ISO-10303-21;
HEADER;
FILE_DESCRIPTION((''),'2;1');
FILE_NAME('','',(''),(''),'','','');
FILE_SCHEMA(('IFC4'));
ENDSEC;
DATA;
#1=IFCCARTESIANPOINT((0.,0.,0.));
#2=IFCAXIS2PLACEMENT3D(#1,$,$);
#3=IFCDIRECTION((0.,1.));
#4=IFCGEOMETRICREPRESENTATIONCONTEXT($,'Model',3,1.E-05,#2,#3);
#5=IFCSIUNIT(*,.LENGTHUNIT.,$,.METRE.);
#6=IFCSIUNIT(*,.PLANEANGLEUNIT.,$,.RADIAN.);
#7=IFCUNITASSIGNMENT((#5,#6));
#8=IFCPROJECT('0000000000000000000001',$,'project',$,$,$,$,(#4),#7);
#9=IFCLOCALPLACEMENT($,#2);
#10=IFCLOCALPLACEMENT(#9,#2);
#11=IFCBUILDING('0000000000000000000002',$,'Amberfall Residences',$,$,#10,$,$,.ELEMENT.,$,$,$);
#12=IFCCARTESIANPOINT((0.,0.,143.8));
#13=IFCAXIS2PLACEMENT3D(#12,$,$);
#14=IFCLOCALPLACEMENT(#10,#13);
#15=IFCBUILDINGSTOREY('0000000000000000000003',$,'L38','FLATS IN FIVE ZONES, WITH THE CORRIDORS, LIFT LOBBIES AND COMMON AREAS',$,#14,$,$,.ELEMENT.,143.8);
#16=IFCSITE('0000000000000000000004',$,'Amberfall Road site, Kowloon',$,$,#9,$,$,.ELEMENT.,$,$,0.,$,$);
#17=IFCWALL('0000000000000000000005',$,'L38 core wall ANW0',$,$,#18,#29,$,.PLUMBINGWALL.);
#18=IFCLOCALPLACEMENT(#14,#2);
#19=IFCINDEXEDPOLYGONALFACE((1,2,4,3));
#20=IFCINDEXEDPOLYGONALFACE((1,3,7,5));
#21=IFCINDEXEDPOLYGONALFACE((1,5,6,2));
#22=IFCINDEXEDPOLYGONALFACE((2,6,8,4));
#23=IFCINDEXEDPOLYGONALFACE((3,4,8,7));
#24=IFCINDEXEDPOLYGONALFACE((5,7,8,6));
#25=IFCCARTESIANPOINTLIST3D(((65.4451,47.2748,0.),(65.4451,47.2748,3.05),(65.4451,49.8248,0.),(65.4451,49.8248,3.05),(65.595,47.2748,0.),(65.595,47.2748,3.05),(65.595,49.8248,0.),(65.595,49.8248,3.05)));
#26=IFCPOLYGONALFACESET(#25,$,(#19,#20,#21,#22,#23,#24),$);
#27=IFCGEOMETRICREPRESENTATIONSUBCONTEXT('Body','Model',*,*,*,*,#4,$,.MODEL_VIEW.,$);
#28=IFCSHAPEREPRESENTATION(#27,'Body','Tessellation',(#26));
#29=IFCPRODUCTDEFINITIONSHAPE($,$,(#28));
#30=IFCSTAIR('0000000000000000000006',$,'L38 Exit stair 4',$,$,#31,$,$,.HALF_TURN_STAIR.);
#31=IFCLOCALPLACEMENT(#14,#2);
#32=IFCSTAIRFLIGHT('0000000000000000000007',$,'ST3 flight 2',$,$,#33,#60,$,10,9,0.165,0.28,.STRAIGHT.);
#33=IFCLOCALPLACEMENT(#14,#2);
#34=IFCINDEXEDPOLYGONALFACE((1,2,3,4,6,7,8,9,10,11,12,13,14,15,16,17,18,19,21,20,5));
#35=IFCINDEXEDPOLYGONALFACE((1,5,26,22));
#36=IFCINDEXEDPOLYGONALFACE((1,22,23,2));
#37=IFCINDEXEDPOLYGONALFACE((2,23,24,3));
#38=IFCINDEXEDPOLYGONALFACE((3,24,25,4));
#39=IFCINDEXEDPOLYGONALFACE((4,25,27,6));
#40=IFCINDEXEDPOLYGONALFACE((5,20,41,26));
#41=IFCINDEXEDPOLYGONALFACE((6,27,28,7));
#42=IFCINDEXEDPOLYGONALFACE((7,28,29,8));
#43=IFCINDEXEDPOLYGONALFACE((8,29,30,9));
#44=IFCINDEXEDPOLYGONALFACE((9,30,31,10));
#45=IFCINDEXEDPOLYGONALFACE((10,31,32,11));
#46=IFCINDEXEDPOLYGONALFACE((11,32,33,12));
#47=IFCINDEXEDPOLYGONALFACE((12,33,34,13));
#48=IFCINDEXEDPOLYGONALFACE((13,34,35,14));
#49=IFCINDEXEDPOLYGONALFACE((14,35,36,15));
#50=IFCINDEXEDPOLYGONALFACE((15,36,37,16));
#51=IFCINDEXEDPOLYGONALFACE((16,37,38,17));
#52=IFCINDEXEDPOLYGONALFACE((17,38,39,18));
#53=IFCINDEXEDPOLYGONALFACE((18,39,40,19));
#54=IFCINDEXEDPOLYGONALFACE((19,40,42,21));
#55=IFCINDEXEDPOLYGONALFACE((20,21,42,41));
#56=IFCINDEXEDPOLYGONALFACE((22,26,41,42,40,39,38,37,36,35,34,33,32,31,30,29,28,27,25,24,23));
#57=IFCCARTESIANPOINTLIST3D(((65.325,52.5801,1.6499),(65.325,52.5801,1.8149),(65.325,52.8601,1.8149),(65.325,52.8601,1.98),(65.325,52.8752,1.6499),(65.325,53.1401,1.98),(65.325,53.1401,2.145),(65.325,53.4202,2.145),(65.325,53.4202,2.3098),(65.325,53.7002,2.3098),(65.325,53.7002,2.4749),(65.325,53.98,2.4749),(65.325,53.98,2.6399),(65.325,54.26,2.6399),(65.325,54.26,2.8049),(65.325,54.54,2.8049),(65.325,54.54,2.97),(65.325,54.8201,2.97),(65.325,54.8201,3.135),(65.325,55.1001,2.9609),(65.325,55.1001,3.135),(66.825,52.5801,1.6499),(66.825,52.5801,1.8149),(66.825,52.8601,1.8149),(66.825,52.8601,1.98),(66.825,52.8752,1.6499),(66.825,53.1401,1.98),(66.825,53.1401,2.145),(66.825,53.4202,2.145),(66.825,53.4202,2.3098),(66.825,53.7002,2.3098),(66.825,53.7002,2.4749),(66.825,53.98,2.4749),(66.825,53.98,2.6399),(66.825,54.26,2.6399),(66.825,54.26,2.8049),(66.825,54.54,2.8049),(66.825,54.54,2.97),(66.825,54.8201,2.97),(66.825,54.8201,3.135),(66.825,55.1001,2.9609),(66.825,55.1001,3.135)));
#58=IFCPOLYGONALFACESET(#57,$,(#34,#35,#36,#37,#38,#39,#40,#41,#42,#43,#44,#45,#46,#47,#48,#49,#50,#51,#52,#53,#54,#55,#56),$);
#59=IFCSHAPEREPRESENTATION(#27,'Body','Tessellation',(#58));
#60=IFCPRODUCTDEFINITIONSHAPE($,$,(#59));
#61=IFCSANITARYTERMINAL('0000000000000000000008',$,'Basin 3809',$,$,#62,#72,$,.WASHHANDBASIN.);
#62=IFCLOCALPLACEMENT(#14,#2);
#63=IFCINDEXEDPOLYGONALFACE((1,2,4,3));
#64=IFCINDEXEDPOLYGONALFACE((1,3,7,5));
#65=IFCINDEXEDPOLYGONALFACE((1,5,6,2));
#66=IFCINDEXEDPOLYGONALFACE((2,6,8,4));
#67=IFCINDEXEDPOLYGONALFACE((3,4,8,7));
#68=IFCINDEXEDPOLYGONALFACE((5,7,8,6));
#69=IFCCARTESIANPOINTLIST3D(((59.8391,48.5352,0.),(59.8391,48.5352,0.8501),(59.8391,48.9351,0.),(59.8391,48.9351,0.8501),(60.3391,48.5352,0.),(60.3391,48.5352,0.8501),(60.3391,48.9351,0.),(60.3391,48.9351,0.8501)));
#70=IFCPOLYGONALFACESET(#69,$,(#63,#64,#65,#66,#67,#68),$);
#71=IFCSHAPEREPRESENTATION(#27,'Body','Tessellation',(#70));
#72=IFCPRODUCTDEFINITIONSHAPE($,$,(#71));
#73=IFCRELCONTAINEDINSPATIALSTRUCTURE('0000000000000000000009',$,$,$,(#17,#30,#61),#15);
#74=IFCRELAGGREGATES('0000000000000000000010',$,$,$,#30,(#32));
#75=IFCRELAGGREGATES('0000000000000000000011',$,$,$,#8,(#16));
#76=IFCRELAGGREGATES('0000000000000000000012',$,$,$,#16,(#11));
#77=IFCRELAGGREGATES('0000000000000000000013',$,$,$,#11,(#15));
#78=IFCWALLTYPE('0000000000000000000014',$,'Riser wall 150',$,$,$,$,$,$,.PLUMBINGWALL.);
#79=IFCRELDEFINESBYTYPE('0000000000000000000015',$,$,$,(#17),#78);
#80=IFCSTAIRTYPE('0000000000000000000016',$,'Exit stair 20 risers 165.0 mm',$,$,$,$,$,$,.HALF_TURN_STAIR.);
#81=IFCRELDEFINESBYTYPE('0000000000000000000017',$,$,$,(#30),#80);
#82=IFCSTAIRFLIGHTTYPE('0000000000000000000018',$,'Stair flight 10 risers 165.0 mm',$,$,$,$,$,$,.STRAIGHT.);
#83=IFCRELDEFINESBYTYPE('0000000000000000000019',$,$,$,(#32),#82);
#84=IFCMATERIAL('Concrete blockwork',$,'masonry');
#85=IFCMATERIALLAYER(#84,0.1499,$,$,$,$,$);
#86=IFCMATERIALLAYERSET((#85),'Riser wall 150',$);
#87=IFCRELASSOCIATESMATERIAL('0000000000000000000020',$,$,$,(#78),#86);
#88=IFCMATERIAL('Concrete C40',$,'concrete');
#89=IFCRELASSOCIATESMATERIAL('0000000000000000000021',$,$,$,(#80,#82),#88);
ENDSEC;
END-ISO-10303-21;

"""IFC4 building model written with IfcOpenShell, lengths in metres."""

from ifc_helpers import new_model, si_unit, direction, frame, frame_2d, origin, origin_2d, place, context, subcontext, project, spatial, polyline, rectangle, outline, extrude, material, layer, layer_set, type_object, element, aggregate, save


model = new_model("IFC4")

# Units and contexts
model_context = context("Model", 3, precision=1e-05, world=origin(), true_north=direction((0.0, 1.0)))
body_context = subcontext(model_context, "Body", "Model", "MODEL_VIEW")
ifc_project = project(units=[si_unit("LENGTHUNIT", "METRE"), si_unit("PLANEANGLEUNIT", "RADIAN")], contexts=[model_context])

# Site, building, storey
site_placement = place(None, origin())
site = spatial("IfcSite", under=ifc_project, at=site_placement, Name="Amberfall Road site, Kowloon", CompositionType="ELEMENT", RefElevation=0.0)
building_placement = place(site_placement, origin())
building = spatial("IfcBuilding", under=site, at=building_placement, Name="Amberfall Residences", CompositionType="ELEMENT")
storey_placement = place(building_placement, frame((0.0, 0.0, 143.8)))
storey = spatial("IfcBuildingStorey", under=building, at=storey_placement, Name="L38", Description="FLATS IN FIVE ZONES, WITH THE CORRIDORS, LIFT LOBBIES AND COMMON AREAS", CompositionType="ELEMENT", Elevation=143.8)

# Wall
ifc_material_1 = material(Name="Concrete blockwork", Category="masonry")
ifc_layer_1 = layer(ifc_material_1, 0.1499)
ifc_layer_set_1 = layer_set([ifc_layer_1], Name="Riser wall 150")
wall_type_1 = type_object("IfcWallType", Name="Riser wall 150", PredefinedType="PLUMBINGWALL", material=ifc_layer_set_1)
wall_1_placement = place(storey_placement, frame((65.52, 47.2749, 0.0), z_axis=(0.0, 0.0, 1.0), x_axis=(0.0, 1.0, 0.0)))
element("IfcWall", 1, at=wall_1_placement, inside=storey, type_object=wall_type_1, Name="L38 core wall ANW0", PredefinedType="PLUMBINGWALL", context=body_context, shape_type="SweptSolid", body=[
    extrude(rectangle(XDim=2.55, YDim=0.1499, at=frame_2d((1.2749, 0.0))), origin(), (0.0, 0.0, 1.0), 3.05),
])

# Stair, stair flight
ifc_material_2 = material(Name="Concrete C40", Category="concrete")
stair_type = type_object("IfcStairType", Name="Exit stair 20 risers 165.0 mm", PredefinedType="HALF_TURN_STAIR", material=ifc_material_2)
stair_placement = place(storey_placement, origin())
stair = element("IfcStair", 2, at=stair_placement, inside=storey, type_object=stair_type, Name="L38 Exit stair 4", PredefinedType="HALF_TURN_STAIR")
stair_flight_type = type_object("IfcStairFlightType", Name="Stair flight 10 risers 165.0 mm", PredefinedType="STRAIGHT", material=ifc_material_2)
stair_flight_placement = place(storey_placement, frame((66.075, 52.5801, 1.6499), z_axis=(0.0, 0.0, 1.0), x_axis=(0.0, 1.0, 0.0)))
stair_flight = element("IfcStairFlight", 3, at=stair_flight_placement, type_object=stair_flight_type, Name="ST3 flight 2", NumberOfRisers=10, NumberOfTreads=9, PredefinedType="STRAIGHT", RiserHeight=0.165, TreadLength=0.28, context=body_context, shape_type="SweptSolid", body=[
    extrude(outline(polyline([(0.0, 0.0), (0.0, 0.165), (0.28, 0.165), (0.28, 0.3301), (0.5601, 0.3301), (0.5601, 0.4951), (0.8401, 0.4951), (0.8401, 0.6599), (1.1201, 0.6599), (1.1201, 0.825), (1.3999, 0.825), (1.3999, 0.99), (1.6799, 0.99), (1.6799, 1.155), (1.96, 1.155), (1.96, 1.3201), (2.24, 1.3201), (2.24, 1.4851), (2.52, 1.4851), (2.52, 1.6499), (2.52, 1.311), (0.2952, 0.0), (0.0, 0.0)])), frame((0.0, 0.75, 0.0), z_axis=(0.0, -1.0, 0.0), x_axis=(1.0, 0.0, 0.0)), (0.0, 0.0, 1.0), 1.5),
])
aggregate(stair, [stair_flight])

# Sanitary terminal
sanitary_terminal_placement = place(storey_placement, frame((60.0891, 48.7351, 0.0), z_axis=(0.0, 0.0, 1.0), x_axis=(1.0, 0.0, 0.0)))
element("IfcSanitaryTerminal", 4, at=sanitary_terminal_placement, inside=storey, Name="Basin 3809", PredefinedType="WASHHANDBASIN", context=body_context, shape_type="SweptSolid", body=[
    extrude(rectangle(XDim=0.5, YDim=0.3999, at=origin_2d()), origin(), (0.0, 0.0, 1.0), 0.8501),
])

save(model, "model.ifc")
